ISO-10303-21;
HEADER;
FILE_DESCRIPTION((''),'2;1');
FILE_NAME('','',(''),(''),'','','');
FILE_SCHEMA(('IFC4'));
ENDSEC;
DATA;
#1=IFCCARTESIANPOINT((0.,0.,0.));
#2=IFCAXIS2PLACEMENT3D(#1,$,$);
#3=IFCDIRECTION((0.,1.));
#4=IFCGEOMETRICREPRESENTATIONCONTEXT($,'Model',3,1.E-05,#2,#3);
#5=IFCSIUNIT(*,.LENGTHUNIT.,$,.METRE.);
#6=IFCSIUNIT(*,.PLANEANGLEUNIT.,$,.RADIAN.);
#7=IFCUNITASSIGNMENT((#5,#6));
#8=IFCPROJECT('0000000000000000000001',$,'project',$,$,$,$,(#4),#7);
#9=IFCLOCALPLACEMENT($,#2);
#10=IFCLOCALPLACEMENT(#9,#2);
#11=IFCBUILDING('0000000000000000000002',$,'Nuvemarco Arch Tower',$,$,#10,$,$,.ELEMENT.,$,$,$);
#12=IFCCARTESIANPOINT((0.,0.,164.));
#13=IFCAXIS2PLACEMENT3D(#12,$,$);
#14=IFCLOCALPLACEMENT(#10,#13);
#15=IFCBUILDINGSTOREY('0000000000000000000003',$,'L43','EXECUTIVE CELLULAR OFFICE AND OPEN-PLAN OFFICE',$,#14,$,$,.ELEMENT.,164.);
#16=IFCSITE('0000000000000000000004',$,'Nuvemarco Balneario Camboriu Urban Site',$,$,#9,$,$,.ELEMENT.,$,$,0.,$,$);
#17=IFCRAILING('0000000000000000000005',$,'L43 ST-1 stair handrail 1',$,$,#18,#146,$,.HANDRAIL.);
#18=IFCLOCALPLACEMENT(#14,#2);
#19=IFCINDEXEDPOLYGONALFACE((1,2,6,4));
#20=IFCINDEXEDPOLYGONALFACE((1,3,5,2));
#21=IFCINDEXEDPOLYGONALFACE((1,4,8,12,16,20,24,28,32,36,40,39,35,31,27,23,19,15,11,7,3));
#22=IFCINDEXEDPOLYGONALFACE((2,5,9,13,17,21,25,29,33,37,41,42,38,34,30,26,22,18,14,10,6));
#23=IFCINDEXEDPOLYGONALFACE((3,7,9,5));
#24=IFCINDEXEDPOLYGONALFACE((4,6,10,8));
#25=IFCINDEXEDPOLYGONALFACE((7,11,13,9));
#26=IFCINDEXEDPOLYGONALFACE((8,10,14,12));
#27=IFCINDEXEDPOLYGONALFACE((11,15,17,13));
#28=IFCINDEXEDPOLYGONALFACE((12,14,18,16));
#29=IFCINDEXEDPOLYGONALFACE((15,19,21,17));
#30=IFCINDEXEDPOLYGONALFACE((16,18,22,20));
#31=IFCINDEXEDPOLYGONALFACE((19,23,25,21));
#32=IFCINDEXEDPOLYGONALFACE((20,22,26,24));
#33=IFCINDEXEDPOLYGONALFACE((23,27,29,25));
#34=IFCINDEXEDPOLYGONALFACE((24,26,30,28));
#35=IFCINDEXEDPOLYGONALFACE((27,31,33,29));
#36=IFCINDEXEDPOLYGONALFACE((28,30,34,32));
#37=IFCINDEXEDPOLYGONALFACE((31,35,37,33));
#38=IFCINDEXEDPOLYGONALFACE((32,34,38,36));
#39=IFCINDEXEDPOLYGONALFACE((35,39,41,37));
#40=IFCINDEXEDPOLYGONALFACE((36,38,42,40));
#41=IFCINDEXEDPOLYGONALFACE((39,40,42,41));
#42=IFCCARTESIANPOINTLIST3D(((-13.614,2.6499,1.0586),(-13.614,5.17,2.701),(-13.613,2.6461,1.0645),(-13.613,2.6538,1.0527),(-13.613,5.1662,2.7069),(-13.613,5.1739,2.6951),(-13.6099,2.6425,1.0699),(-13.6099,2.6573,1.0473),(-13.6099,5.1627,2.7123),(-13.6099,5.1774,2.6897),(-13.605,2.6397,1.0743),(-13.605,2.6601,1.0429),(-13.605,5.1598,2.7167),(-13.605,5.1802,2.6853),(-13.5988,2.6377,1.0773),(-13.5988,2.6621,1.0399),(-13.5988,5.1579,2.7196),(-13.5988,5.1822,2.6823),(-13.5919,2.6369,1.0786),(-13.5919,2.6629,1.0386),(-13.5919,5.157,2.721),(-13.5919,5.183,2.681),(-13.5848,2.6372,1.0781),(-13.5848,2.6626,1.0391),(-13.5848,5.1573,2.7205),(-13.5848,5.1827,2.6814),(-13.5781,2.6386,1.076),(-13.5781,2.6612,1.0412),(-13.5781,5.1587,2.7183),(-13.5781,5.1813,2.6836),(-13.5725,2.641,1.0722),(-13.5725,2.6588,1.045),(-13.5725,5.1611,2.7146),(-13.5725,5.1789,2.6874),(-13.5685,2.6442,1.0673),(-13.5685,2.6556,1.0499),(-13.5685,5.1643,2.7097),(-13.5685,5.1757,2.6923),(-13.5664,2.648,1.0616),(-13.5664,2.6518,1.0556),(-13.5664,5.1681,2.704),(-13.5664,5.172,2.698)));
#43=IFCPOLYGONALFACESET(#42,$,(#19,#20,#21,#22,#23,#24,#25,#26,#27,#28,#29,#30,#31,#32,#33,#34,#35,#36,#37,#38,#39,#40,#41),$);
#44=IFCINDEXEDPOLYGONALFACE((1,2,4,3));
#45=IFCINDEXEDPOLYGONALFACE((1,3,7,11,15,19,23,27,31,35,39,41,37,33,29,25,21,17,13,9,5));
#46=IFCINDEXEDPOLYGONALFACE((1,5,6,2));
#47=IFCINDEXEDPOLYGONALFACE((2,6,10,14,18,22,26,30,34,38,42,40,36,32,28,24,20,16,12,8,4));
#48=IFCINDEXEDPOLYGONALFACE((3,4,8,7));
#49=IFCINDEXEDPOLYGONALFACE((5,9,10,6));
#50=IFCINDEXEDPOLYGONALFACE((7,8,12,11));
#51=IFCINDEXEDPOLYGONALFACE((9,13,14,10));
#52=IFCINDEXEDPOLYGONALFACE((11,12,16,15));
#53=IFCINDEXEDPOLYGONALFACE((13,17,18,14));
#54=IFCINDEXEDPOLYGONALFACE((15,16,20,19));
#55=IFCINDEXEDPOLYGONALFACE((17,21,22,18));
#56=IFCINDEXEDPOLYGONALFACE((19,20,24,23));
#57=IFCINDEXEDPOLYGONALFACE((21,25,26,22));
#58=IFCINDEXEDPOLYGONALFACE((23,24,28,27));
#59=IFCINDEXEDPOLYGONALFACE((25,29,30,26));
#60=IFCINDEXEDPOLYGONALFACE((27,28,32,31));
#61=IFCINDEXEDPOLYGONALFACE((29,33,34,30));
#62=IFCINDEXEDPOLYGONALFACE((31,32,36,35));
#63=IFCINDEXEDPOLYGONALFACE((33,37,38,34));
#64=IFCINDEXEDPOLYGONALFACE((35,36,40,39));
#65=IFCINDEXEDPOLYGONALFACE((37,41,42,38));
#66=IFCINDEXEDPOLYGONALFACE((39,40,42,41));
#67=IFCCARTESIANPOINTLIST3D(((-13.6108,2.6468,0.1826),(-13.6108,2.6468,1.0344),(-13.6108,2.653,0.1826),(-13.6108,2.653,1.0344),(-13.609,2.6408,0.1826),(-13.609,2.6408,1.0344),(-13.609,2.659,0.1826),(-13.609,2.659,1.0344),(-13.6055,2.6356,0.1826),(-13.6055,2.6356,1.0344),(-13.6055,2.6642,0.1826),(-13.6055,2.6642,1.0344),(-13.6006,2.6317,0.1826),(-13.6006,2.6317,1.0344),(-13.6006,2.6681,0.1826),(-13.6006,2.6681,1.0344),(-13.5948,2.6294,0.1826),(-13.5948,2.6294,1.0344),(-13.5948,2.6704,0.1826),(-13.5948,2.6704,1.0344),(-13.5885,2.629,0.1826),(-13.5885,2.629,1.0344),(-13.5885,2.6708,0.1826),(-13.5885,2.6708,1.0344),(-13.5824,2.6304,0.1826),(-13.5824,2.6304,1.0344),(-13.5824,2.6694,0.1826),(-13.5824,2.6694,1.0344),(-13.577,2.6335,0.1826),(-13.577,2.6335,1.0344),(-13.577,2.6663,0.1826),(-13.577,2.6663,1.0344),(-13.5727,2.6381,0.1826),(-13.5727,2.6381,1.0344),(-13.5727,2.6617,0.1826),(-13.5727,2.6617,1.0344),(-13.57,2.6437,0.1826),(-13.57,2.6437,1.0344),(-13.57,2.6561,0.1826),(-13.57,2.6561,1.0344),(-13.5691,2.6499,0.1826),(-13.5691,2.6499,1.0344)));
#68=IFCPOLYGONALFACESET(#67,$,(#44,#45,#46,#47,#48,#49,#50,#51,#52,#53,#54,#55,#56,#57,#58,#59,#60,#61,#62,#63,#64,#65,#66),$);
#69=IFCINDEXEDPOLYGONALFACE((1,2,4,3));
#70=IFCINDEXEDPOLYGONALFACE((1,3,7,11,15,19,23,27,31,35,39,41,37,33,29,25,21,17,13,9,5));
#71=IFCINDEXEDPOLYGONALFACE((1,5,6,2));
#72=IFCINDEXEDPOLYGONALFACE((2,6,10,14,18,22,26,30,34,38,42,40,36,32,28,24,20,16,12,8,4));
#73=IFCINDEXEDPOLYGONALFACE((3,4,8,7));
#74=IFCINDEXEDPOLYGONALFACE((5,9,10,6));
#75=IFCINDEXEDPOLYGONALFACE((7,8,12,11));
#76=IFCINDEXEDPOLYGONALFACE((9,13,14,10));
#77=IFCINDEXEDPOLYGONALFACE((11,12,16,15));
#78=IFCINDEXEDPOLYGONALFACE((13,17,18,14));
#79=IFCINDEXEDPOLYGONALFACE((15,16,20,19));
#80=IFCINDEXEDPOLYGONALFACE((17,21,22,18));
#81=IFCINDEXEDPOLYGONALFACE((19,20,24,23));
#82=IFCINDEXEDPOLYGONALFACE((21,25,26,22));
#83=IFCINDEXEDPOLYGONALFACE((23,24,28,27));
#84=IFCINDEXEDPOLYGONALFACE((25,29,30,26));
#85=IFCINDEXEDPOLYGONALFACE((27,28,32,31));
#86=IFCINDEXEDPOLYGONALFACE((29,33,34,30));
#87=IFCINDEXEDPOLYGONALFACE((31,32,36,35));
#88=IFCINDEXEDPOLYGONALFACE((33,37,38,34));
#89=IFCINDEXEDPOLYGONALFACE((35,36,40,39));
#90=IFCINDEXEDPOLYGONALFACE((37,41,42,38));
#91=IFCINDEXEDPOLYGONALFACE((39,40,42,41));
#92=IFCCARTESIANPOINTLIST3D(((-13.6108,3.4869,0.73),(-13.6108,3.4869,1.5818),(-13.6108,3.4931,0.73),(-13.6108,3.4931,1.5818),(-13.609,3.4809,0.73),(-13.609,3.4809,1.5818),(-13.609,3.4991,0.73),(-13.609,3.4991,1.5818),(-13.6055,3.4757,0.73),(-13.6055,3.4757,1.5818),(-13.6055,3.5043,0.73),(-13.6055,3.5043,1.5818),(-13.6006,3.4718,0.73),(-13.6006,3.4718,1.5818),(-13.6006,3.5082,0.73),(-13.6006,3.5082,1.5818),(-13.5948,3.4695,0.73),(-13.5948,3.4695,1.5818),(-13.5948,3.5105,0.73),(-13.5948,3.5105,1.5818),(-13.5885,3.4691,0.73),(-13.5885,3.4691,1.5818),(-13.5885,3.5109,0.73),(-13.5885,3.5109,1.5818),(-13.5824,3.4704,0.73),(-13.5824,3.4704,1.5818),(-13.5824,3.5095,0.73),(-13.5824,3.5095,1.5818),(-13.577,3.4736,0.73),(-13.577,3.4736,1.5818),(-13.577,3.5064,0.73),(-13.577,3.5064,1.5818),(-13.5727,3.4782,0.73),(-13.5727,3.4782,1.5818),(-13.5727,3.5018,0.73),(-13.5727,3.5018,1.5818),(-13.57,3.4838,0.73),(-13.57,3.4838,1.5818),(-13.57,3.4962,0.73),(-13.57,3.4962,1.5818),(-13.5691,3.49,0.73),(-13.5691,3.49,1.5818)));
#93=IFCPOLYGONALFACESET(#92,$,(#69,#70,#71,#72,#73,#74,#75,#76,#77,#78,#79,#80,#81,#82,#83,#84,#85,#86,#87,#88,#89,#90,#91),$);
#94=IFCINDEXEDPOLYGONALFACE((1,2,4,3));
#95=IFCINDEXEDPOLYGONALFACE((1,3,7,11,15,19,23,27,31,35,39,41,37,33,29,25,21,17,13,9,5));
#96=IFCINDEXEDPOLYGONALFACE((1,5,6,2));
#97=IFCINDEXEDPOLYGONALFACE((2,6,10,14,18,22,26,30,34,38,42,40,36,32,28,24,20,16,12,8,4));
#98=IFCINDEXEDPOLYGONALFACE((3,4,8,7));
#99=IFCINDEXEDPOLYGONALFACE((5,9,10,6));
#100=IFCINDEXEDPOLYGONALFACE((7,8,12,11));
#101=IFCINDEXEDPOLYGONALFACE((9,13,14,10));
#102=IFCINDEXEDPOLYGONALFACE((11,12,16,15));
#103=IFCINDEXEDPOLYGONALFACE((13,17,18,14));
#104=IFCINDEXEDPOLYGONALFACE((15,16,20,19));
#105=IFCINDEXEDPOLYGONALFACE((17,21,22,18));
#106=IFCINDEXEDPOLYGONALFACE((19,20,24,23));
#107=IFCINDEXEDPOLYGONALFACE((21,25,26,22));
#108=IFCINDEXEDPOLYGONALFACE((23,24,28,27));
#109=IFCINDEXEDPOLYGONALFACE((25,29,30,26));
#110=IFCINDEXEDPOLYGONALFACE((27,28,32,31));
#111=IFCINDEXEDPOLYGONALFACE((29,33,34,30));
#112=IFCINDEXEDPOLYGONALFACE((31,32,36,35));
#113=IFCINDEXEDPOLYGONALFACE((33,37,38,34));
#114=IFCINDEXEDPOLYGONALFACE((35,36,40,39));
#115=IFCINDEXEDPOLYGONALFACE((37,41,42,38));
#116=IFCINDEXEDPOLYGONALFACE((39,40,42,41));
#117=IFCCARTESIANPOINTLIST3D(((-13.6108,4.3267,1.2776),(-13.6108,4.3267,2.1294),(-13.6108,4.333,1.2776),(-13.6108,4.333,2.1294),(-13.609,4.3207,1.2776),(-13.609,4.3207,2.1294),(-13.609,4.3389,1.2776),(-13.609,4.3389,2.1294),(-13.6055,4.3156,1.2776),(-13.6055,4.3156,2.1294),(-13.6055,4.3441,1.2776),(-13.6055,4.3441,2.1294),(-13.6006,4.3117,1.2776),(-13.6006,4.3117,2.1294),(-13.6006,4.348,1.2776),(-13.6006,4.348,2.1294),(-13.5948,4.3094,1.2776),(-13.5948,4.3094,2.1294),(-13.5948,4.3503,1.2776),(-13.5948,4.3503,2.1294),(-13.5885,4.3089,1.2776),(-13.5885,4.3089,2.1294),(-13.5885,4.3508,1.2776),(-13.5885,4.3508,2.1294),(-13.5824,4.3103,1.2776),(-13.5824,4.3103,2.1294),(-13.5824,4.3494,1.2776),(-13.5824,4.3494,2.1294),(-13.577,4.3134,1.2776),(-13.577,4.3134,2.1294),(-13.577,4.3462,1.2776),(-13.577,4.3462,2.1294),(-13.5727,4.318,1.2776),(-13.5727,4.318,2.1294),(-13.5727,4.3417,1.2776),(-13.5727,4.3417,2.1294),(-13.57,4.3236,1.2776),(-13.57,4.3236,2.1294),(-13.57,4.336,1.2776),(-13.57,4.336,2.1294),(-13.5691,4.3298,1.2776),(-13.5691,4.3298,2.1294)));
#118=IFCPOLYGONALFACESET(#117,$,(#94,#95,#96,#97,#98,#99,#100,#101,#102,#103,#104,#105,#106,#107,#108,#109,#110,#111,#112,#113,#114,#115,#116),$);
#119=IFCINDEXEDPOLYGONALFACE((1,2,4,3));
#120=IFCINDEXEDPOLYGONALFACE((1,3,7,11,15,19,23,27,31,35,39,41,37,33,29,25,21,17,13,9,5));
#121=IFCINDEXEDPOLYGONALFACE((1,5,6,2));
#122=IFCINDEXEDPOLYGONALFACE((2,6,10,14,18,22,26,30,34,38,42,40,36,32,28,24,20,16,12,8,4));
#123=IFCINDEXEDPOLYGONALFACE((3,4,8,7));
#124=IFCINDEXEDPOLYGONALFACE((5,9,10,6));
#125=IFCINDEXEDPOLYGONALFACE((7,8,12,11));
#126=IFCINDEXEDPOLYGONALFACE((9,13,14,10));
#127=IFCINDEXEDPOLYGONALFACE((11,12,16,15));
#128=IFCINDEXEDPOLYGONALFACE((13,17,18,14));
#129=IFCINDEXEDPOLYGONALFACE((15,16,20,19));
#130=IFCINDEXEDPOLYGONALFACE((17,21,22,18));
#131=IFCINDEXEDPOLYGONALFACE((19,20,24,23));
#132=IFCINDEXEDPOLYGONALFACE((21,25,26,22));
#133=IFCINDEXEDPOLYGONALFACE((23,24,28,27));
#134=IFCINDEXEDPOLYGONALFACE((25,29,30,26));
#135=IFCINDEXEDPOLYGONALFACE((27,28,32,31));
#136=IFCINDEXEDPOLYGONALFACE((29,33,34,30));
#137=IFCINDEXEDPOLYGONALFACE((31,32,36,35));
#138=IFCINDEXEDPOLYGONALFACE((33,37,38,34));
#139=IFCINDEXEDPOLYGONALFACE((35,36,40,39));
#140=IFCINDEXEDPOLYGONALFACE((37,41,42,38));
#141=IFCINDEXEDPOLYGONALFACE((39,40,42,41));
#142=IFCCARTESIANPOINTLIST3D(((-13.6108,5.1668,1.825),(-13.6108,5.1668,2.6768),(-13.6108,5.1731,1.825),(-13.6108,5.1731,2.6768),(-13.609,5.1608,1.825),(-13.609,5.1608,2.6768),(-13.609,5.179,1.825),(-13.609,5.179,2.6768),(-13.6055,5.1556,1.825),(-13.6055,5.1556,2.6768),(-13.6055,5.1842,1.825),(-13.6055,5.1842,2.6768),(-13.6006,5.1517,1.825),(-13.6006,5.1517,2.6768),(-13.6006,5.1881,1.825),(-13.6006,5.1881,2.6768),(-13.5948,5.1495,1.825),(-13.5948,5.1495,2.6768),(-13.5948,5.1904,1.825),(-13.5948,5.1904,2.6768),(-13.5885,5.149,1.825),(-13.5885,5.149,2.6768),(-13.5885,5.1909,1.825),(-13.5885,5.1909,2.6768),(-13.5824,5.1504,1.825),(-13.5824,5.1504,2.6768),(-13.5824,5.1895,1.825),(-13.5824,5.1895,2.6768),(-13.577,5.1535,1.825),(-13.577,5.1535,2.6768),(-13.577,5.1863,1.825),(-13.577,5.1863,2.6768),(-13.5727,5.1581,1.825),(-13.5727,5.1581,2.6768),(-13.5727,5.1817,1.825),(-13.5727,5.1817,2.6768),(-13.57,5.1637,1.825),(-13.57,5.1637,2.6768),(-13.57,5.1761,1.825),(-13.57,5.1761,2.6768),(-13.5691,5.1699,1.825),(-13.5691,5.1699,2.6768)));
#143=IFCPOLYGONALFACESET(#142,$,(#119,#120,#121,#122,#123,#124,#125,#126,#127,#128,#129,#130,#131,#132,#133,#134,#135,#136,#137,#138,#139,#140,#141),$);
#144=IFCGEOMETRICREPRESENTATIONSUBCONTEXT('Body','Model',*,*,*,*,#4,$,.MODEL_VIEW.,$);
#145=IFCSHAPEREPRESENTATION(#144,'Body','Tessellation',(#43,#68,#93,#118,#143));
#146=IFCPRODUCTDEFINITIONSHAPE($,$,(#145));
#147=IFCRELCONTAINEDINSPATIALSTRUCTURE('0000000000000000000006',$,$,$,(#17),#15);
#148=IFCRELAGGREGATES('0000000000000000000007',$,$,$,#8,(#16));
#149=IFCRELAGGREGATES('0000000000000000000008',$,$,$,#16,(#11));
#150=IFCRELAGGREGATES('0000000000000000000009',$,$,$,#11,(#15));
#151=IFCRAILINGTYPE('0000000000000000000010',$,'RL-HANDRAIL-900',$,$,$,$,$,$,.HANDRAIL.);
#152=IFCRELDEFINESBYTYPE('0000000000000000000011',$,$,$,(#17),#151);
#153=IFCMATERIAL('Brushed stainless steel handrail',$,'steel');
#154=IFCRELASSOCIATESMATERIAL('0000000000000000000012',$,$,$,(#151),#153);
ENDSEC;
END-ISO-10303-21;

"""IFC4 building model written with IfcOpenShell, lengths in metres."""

from ifc_helpers import new_model, si_unit, direction, frame, origin, origin_2d, place, context, subcontext, project, spatial, circle, extrude, material, type_object, element, save


model = new_model("IFC4")

# Units and contexts
model_context = context("Model", 3, precision=1e-05, world=origin(), true_north=direction((0.0, 1.0)))
body_context = subcontext(model_context, "Body", "Model", "MODEL_VIEW")
ifc_project = project(units=[si_unit("LENGTHUNIT", "METRE"), si_unit("PLANEANGLEUNIT", "RADIAN")], contexts=[model_context])

# Site, building, storey
site_placement = place(None, origin())
site = spatial("IfcSite", under=ifc_project, at=site_placement, Name="Nuvemarco Balneario Camboriu Urban Site", CompositionType="ELEMENT", RefElevation=0.0)
building_placement = place(site_placement, origin())
building = spatial("IfcBuilding", under=site, at=building_placement, Name="Nuvemarco Arch Tower", CompositionType="ELEMENT")
storey_placement = place(building_placement, frame((0.0, 0.0, 164.0)))
storey = spatial("IfcBuildingStorey", under=building, at=storey_placement, Name="L43", Description="EXECUTIVE CELLULAR OFFICE AND OPEN-PLAN OFFICE", CompositionType="ELEMENT", Elevation=164.0)

# Railing
ifc_material_1 = material(Name="Brushed stainless steel handrail", Category="steel")
railing_type_1 = type_object("IfcRailingType", Name="RL-HANDRAIL-900", PredefinedType="HANDRAIL", material=ifc_material_1)
railing_1_placement = place(storey_placement, frame((-13.5901, 2.6499, 0.1826)))
element("IfcRailing", 1, at=railing_1_placement, inside=storey, type_object=railing_type_1, Name="L43 ST-1 stair handrail 1", PredefinedType="HANDRAIL", context=body_context, shape_type="SweptSolid", body=[
    extrude(circle(Radius=0.0239, at=origin_2d()), frame((0.0, 0.0, 0.876), z_axis=(0.0, 0.837787, 0.545998), x_axis=(-1.0, 0.0, 0.0)), (0.0, 0.0, 1.0), 3.0081),
    extrude(circle(Radius=0.021, at=origin_2d()), origin(), (0.0, 0.0, 1.0), 0.8518),
    extrude(circle(Radius=0.021, at=origin_2d()), frame((0.0, 0.8401, 0.5474)), (0.0, 0.0, 1.0), 0.8518),
    extrude(circle(Radius=0.021, at=origin_2d()), frame((0.0, 1.6799, 1.095)), (0.0, 0.0, 1.0), 0.8518),
    extrude(circle(Radius=0.021, at=origin_2d()), frame((0.0, 2.52, 1.6423)), (0.0, 0.0, 1.0), 0.8518),
])

save(model, "model.ifc")
